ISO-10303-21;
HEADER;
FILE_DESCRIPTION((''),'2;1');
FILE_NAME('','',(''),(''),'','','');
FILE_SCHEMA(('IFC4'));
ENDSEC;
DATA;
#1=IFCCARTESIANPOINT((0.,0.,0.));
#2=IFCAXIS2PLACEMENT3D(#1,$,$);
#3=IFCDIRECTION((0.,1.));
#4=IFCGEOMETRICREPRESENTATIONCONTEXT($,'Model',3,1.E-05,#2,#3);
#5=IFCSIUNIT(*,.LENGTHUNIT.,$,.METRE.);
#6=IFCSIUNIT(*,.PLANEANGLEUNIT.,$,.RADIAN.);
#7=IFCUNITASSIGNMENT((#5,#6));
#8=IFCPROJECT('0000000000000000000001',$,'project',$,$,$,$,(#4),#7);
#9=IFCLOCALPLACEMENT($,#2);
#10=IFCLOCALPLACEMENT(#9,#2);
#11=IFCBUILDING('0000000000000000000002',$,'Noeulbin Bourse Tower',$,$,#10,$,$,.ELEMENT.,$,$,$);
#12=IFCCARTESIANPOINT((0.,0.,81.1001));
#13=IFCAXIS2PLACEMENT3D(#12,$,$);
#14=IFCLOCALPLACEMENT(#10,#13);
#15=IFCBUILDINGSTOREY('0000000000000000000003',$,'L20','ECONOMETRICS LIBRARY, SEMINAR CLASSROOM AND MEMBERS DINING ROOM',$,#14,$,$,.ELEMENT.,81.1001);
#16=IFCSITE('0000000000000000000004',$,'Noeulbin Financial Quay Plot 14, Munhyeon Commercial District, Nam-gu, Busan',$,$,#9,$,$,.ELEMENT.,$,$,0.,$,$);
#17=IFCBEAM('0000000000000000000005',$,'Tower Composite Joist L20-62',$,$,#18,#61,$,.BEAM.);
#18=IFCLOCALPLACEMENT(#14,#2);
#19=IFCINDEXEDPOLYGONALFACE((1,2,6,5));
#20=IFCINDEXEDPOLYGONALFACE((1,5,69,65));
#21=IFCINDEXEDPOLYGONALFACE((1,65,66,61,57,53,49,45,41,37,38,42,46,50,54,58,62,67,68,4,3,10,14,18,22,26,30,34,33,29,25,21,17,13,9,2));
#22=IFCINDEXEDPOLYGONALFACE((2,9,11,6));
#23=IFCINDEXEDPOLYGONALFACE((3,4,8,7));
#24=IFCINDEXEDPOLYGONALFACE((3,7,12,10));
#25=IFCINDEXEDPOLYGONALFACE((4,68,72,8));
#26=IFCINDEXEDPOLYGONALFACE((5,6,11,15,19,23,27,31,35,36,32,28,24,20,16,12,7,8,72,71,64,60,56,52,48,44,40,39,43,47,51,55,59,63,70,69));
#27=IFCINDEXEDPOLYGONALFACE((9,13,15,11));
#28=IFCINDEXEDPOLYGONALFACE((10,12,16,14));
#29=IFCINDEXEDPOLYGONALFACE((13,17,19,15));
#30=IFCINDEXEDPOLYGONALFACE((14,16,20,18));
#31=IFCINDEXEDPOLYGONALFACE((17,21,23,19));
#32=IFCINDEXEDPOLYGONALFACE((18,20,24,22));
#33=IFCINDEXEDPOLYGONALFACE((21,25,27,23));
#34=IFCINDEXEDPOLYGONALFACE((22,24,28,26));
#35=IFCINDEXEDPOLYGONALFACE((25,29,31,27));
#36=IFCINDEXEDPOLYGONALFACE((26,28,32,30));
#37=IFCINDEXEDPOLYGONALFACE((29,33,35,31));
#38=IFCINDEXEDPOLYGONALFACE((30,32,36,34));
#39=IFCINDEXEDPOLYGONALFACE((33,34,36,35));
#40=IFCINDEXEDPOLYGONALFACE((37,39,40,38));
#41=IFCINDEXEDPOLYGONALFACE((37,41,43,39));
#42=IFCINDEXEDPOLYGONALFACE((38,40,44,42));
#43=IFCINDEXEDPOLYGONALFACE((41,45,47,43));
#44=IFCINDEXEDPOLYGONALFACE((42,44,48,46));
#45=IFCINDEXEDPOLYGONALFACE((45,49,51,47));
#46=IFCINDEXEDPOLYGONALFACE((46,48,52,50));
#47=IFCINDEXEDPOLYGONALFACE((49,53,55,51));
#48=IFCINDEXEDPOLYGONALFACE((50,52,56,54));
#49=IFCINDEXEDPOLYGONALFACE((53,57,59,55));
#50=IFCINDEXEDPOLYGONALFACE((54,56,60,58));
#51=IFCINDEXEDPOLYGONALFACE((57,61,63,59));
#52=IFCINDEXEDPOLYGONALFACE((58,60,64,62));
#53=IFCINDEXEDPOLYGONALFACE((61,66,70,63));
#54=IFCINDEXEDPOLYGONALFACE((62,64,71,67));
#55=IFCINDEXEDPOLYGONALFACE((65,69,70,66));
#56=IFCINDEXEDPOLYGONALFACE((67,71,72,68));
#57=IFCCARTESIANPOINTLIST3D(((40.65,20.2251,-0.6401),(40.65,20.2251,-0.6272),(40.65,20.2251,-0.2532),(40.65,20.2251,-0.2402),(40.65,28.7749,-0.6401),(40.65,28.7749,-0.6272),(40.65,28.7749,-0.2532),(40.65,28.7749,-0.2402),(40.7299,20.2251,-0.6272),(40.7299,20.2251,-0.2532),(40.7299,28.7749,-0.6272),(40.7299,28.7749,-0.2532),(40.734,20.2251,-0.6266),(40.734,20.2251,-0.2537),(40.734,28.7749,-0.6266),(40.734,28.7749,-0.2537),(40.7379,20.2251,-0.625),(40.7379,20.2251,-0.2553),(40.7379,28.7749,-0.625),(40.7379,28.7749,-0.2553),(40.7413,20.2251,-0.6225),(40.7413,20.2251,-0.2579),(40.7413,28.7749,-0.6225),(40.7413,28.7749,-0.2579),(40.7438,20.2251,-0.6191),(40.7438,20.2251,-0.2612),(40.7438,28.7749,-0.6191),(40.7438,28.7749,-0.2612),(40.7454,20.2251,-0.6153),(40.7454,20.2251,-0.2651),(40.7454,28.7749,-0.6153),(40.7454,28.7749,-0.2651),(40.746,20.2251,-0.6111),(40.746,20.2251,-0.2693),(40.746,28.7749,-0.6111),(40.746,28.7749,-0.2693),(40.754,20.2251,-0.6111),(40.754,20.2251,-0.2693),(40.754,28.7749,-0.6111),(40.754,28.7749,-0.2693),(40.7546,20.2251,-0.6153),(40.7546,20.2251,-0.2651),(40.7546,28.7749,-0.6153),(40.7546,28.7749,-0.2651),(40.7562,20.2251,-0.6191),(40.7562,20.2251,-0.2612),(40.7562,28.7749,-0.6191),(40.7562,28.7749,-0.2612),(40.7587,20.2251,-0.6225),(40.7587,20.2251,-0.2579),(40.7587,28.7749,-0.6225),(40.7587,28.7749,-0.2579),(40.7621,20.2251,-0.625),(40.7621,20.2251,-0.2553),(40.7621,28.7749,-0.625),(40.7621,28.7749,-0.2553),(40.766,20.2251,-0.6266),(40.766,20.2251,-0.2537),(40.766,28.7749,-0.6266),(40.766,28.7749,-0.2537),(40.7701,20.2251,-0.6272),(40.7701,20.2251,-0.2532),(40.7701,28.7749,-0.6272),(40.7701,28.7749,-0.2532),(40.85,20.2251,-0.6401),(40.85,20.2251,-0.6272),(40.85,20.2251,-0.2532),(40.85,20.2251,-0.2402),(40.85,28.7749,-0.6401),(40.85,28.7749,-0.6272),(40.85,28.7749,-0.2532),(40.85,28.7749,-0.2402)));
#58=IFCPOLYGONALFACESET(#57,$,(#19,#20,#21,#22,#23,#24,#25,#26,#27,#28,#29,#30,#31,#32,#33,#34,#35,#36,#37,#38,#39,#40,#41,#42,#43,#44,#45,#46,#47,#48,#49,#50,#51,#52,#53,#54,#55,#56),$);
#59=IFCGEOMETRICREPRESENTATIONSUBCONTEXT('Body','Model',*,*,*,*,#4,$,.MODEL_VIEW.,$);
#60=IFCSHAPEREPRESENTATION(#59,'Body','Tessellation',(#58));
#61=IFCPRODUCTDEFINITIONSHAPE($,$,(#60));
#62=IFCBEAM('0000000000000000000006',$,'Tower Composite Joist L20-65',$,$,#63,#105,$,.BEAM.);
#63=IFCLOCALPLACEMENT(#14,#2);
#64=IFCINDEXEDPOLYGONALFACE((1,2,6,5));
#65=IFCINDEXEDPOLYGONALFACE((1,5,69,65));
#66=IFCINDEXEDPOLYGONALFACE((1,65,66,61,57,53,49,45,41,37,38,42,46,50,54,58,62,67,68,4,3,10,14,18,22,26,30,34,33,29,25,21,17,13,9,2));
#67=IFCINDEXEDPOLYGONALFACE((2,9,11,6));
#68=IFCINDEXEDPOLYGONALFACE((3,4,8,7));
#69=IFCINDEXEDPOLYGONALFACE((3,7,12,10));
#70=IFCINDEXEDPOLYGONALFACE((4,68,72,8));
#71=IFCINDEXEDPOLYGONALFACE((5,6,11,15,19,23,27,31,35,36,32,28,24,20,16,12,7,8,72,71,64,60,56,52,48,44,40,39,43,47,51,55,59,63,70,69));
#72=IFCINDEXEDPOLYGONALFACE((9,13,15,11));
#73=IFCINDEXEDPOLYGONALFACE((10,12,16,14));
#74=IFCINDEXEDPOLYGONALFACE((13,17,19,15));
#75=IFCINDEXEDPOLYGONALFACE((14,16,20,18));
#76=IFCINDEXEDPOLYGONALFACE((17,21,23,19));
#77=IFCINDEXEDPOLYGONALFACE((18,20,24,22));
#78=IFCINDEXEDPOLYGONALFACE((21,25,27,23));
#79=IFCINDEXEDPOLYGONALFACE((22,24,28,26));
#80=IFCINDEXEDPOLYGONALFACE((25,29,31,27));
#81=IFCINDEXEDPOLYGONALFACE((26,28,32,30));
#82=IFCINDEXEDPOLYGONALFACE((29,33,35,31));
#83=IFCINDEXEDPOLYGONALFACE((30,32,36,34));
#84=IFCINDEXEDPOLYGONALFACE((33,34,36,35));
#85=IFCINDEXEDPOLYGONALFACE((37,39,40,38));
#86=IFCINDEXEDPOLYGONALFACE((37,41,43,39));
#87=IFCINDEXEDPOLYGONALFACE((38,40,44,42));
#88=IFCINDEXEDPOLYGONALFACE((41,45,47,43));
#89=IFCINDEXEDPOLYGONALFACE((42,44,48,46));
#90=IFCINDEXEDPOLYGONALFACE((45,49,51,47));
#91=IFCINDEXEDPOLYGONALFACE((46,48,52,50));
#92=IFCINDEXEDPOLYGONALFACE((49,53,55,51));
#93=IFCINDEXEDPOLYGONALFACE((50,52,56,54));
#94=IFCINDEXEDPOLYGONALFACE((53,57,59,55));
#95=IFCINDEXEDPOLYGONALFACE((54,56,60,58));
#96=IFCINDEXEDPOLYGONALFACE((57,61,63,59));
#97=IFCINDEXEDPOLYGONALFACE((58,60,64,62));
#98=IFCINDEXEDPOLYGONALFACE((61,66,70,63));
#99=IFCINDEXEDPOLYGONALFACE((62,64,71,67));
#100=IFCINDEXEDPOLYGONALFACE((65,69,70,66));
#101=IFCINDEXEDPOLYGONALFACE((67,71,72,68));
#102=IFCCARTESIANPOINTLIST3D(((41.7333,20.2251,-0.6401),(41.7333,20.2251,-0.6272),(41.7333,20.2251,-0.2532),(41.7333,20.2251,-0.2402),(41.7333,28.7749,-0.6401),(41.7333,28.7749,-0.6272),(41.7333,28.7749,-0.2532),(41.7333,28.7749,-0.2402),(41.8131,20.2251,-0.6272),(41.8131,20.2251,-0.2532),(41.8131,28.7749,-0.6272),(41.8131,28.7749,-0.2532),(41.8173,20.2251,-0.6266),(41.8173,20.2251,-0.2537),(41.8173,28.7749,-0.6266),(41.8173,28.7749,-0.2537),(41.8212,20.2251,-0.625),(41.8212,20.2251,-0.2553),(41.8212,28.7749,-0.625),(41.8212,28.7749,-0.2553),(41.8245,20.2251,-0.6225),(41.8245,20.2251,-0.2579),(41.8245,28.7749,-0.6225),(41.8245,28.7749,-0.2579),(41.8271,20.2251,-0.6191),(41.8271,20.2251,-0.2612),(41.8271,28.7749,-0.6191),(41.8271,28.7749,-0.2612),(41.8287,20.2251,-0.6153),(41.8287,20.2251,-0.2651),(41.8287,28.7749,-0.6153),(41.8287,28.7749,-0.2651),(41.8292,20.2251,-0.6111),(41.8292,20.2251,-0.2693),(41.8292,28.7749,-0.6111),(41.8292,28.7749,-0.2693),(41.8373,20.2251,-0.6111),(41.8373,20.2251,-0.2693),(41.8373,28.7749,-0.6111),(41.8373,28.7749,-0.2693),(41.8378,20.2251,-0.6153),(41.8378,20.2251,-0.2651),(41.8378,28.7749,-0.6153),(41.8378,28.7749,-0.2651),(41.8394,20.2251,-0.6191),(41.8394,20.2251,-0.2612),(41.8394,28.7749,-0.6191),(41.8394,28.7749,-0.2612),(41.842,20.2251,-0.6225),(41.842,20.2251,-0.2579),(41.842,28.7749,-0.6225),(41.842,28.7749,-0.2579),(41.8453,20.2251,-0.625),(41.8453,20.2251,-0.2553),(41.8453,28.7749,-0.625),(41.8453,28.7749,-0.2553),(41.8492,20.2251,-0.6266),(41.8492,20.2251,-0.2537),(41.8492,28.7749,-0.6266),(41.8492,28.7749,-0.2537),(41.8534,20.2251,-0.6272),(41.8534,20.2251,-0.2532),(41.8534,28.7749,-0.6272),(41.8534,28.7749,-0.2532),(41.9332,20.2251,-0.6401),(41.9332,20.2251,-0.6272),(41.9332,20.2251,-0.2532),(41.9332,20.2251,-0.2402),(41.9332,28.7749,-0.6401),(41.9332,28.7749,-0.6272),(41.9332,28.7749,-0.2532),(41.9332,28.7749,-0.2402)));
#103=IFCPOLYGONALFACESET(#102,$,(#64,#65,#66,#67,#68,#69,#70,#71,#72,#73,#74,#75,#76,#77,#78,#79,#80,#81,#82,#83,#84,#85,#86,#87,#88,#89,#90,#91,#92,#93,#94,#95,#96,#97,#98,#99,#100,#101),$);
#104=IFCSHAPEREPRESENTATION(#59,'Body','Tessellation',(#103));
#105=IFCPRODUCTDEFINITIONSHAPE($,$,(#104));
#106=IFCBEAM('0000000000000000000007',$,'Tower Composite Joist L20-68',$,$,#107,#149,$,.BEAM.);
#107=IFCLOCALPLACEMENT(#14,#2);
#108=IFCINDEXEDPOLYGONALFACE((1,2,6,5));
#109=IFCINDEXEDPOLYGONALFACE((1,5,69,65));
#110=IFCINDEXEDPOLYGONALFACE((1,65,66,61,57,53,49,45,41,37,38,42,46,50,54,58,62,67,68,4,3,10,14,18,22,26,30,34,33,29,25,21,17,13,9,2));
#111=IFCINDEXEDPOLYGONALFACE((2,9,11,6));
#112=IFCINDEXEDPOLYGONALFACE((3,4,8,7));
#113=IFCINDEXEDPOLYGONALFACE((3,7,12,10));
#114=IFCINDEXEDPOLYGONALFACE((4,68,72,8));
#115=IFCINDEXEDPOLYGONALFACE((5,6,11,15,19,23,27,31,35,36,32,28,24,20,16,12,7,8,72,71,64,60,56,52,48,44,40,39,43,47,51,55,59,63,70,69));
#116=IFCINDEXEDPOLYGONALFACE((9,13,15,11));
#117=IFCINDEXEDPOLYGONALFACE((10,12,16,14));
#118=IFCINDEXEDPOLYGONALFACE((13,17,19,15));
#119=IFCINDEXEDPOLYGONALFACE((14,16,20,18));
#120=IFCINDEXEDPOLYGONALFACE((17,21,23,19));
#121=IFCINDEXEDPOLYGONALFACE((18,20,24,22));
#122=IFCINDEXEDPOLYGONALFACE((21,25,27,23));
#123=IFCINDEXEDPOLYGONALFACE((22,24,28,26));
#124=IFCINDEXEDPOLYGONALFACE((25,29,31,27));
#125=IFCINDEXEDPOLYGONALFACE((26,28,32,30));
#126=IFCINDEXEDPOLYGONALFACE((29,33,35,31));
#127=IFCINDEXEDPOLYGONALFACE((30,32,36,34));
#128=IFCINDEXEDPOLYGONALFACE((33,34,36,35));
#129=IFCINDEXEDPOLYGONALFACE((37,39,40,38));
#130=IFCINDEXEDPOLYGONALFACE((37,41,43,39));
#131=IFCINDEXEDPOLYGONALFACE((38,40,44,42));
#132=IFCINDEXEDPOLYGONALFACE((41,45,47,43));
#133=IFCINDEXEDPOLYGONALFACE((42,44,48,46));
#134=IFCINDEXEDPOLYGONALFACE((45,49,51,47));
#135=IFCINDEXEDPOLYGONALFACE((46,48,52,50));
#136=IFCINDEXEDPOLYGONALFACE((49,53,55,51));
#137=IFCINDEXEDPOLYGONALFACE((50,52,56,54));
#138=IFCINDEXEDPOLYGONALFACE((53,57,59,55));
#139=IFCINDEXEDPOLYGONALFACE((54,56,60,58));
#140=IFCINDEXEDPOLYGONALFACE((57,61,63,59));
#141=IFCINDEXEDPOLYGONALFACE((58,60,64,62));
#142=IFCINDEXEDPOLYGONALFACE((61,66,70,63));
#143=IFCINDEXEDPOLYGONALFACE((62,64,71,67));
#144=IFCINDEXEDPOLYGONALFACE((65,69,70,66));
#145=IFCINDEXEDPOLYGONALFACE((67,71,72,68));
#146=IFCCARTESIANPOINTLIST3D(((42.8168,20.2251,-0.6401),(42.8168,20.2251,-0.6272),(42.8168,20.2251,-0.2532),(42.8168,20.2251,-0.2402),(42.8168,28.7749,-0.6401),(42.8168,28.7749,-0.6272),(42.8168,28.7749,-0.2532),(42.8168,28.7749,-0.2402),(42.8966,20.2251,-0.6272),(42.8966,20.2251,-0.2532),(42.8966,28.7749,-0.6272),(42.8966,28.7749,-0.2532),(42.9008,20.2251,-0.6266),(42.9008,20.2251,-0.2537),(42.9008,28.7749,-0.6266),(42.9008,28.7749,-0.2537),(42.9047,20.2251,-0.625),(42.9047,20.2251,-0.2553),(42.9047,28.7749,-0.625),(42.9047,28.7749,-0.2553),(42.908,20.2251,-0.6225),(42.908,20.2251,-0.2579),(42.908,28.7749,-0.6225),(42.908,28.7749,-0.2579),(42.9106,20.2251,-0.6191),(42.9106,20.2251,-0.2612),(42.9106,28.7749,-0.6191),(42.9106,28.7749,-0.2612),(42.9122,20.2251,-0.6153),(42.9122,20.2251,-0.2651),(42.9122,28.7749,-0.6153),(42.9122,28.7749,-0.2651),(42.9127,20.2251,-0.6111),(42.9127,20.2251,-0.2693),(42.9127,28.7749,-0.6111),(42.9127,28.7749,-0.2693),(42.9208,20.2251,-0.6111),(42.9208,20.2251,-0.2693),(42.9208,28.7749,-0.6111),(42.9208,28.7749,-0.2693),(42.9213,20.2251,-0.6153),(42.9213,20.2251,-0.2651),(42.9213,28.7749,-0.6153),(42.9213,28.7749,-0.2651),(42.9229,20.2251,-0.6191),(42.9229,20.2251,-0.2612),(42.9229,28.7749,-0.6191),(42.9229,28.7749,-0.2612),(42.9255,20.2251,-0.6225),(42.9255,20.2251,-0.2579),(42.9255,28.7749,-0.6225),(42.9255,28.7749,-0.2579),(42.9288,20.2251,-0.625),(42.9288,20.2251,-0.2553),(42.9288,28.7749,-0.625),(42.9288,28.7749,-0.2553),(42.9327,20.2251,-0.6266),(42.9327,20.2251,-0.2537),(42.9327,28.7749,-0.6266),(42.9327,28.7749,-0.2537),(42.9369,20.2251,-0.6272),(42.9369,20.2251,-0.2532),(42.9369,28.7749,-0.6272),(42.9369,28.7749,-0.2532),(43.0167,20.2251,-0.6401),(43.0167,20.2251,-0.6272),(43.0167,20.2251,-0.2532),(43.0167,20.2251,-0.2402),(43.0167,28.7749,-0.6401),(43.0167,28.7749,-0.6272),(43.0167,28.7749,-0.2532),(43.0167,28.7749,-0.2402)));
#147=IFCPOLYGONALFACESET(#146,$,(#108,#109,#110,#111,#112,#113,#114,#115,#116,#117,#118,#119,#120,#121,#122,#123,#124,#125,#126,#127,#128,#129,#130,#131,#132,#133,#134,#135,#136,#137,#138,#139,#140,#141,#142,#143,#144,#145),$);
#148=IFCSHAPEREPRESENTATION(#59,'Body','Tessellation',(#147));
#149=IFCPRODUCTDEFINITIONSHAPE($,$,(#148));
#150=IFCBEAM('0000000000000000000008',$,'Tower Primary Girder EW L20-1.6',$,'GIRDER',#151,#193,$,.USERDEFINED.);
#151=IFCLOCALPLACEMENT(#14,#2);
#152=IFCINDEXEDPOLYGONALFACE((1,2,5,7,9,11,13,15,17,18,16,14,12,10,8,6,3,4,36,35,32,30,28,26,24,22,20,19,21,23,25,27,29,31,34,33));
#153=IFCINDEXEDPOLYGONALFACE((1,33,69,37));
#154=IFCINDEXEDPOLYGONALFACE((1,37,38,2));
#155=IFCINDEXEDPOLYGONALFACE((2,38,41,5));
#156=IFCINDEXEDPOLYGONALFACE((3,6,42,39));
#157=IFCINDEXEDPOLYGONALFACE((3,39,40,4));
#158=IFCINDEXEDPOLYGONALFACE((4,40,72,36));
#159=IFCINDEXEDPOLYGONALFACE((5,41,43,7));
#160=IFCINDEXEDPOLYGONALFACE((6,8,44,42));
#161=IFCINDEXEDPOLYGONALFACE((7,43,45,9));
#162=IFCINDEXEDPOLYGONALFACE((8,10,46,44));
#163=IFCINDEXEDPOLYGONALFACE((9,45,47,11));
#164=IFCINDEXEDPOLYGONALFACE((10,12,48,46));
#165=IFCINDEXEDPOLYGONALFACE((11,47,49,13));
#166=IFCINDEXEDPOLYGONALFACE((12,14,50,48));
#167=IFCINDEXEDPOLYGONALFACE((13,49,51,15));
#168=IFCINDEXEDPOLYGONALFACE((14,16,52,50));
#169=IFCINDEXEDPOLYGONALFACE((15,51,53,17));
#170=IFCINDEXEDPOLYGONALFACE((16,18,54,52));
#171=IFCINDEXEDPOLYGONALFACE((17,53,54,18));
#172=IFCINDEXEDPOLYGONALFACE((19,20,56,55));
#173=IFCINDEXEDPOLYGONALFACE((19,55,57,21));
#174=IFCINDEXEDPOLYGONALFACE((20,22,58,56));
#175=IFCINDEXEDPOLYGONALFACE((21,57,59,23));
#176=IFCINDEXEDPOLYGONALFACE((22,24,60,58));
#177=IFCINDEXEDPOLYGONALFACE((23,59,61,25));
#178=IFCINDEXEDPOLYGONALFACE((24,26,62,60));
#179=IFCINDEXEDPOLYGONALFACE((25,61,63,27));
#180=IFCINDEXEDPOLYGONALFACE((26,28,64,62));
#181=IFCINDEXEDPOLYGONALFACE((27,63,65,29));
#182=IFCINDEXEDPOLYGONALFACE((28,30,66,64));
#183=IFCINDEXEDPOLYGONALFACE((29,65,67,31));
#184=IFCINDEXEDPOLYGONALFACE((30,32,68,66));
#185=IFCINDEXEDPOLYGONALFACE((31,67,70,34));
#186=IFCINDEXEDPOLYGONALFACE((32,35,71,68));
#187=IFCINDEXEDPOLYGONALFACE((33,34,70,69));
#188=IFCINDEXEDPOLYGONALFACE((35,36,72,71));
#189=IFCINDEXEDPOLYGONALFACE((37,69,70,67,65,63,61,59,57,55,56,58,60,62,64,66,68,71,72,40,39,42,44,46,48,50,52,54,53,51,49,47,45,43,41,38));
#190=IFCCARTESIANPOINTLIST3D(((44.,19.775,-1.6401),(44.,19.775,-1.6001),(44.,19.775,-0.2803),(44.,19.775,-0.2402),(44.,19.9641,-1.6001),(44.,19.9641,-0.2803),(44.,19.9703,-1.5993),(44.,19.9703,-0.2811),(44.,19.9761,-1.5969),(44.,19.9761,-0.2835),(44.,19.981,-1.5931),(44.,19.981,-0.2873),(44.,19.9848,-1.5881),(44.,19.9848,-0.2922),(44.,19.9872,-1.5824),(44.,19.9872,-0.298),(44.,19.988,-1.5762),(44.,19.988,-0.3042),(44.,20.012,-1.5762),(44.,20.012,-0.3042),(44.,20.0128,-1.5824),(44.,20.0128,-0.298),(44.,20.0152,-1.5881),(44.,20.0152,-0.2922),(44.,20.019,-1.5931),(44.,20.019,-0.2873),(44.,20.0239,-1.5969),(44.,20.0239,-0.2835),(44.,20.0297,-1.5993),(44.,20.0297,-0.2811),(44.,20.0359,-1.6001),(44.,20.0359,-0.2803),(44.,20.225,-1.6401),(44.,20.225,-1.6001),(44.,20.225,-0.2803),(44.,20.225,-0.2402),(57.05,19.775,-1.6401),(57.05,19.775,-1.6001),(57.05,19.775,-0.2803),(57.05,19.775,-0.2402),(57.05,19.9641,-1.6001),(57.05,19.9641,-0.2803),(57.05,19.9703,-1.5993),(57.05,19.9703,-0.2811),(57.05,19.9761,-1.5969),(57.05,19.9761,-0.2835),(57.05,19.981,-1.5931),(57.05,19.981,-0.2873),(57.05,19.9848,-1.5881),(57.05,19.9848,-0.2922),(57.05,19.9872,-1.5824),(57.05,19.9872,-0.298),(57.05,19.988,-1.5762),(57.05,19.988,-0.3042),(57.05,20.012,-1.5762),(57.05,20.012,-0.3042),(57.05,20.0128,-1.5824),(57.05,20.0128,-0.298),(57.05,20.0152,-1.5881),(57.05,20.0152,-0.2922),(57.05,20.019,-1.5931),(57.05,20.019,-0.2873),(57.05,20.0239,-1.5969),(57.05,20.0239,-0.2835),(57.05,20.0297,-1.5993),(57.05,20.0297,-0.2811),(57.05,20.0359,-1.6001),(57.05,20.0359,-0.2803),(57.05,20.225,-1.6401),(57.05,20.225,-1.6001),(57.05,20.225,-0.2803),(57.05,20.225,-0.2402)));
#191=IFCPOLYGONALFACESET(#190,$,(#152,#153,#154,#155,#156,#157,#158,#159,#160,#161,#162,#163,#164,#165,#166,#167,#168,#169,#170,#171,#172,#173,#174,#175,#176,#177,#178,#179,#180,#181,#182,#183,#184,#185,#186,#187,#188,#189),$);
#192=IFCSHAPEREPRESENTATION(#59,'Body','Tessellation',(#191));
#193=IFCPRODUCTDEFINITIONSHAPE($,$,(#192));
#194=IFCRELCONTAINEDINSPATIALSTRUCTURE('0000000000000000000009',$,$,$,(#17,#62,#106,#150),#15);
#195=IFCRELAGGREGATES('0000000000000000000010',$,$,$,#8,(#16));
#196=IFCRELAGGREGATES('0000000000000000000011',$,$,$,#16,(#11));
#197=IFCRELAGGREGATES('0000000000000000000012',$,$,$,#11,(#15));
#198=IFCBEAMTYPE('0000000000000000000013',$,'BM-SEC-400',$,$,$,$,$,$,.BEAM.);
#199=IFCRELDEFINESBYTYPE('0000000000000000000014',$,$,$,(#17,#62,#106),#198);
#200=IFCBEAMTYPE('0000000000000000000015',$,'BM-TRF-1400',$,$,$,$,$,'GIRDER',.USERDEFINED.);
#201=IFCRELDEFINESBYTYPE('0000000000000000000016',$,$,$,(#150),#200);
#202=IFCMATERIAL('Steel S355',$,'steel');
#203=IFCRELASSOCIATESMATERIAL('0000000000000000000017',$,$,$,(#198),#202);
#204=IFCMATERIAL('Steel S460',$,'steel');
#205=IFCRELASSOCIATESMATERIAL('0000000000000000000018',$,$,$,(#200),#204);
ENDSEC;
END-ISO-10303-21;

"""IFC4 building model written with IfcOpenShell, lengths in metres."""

from ifc_helpers import new_model, si_unit, direction, frame, origin, origin_2d, place, context, subcontext, project, spatial, i_section, extrude, material, material_profile, profile_set, type_object, element, save


model = new_model("IFC4")

# Units and contexts
model_context = context("Model", 3, precision=1e-05, world=origin(), true_north=direction((0.0, 1.0)))
body_context = subcontext(model_context, "Body", "Model", "MODEL_VIEW")
ifc_project = project(units=[si_unit("LENGTHUNIT", "METRE"), si_unit("PLANEANGLEUNIT", "RADIAN")], contexts=[model_context])

# Site, building, storey
site_placement = place(None, origin())
site = spatial("IfcSite", under=ifc_project, at=site_placement, Name="Noeulbin Financial Quay Plot 14, Munhyeon Commercial District, Nam-gu, Busan", CompositionType="ELEMENT", RefElevation=0.0)
building_placement = place(site_placement, origin())
building = spatial("IfcBuilding", under=site, at=building_placement, Name="Noeulbin Bourse Tower", CompositionType="ELEMENT")
storey_placement = place(building_placement, frame((0.0, 0.0, 81.1001)))
storey = spatial("IfcBuildingStorey", under=building, at=storey_placement, Name="L20", Description="ECONOMETRICS LIBRARY, SEMINAR CLASSROOM AND MEMBERS DINING ROOM", CompositionType="ELEMENT", Elevation=81.1001)

# Shared definitions
ifc_material_1 = material(Name="Steel S460", Category="steel")

# Beams
ifc_material_2 = material(Name="Steel S355", Category="steel")
ifc_material_profile_1 = material_profile(ifc_material_2, i_section(OverallWidth=0.2, OverallDepth=0.3999, WebThickness=0.0081, FlangeThickness=0.0129, FilletRadius=0.0161, at=origin_2d()), Name="H-400x200x8x13", Category="LoadBearing")
ifc_profile_set_1 = profile_set([ifc_material_profile_1], Name="Steel S355")
beam_type_1 = type_object("IfcBeamType", Name="BM-SEC-400", PredefinedType="BEAM", material=ifc_profile_set_1)
for number, where, z_axis, x_axis, name in (
    (1, (40.75, 20.2251, -0.4402), (0.0, 1.0, 0.0), (-1.0, 0.0, 0.0), "Tower Composite Joist L20-62"),
    (2, (41.8333, 20.2251, -0.4402), (0.0, 1.0, 0.0), (-1.0, 0.0, 0.0), "Tower Composite Joist L20-65"),
    (3, (42.9167, 20.2251, -0.4402), (0.0, 1.0, 0.0), (-1.0, 0.0, 0.0), "Tower Composite Joist L20-68"),
):
    element("IfcBeam", number, at=place(storey_placement, frame(where, z_axis=z_axis, x_axis=x_axis)), inside=storey, type_object=beam_type_1, Name=name, PredefinedType="BEAM", context=body_context, shape_type="SweptSolid", body=[
        extrude(i_section(OverallWidth=0.2, OverallDepth=0.3999, WebThickness=0.0081, FlangeThickness=0.0129, FilletRadius=0.0161, at=origin_2d()), origin(), (0.0, 0.0, 1.0), 8.5498),
    ])
ifc_material_profile_2 = material_profile(ifc_material_1, i_section(OverallWidth=0.45, OverallDepth=1.3999, WebThickness=0.0239, FlangeThickness=0.04, FilletRadius=0.0239, at=origin_2d()), Name="PG-1400x450x24x40", Category="LoadBearing")
ifc_profile_set_2 = profile_set([ifc_material_profile_2], Name="Steel S460")
beam_type_2 = type_object("IfcBeamType", Name="BM-TRF-1400", ElementType="GIRDER", PredefinedType="USERDEFINED", material=ifc_profile_set_2)
beam_placement = place(storey_placement, frame((44.0, 20.0, -0.9402), z_axis=(1.0, 0.0, 0.0), x_axis=(0.0, 1.0, 0.0)))
element("IfcBeam", 4, at=beam_placement, inside=storey, type_object=beam_type_2, Name="Tower Primary Girder EW L20-1.6", ObjectType="GIRDER", PredefinedType="USERDEFINED", context=body_context, shape_type="SweptSolid", body=[
    extrude(i_section(OverallWidth=0.45, OverallDepth=1.3999, WebThickness=0.0239, FlangeThickness=0.04, FilletRadius=0.0239, at=origin_2d()), origin(), (0.0, 0.0, 1.0), 13.05),
])

save(model, "model.ifc")
